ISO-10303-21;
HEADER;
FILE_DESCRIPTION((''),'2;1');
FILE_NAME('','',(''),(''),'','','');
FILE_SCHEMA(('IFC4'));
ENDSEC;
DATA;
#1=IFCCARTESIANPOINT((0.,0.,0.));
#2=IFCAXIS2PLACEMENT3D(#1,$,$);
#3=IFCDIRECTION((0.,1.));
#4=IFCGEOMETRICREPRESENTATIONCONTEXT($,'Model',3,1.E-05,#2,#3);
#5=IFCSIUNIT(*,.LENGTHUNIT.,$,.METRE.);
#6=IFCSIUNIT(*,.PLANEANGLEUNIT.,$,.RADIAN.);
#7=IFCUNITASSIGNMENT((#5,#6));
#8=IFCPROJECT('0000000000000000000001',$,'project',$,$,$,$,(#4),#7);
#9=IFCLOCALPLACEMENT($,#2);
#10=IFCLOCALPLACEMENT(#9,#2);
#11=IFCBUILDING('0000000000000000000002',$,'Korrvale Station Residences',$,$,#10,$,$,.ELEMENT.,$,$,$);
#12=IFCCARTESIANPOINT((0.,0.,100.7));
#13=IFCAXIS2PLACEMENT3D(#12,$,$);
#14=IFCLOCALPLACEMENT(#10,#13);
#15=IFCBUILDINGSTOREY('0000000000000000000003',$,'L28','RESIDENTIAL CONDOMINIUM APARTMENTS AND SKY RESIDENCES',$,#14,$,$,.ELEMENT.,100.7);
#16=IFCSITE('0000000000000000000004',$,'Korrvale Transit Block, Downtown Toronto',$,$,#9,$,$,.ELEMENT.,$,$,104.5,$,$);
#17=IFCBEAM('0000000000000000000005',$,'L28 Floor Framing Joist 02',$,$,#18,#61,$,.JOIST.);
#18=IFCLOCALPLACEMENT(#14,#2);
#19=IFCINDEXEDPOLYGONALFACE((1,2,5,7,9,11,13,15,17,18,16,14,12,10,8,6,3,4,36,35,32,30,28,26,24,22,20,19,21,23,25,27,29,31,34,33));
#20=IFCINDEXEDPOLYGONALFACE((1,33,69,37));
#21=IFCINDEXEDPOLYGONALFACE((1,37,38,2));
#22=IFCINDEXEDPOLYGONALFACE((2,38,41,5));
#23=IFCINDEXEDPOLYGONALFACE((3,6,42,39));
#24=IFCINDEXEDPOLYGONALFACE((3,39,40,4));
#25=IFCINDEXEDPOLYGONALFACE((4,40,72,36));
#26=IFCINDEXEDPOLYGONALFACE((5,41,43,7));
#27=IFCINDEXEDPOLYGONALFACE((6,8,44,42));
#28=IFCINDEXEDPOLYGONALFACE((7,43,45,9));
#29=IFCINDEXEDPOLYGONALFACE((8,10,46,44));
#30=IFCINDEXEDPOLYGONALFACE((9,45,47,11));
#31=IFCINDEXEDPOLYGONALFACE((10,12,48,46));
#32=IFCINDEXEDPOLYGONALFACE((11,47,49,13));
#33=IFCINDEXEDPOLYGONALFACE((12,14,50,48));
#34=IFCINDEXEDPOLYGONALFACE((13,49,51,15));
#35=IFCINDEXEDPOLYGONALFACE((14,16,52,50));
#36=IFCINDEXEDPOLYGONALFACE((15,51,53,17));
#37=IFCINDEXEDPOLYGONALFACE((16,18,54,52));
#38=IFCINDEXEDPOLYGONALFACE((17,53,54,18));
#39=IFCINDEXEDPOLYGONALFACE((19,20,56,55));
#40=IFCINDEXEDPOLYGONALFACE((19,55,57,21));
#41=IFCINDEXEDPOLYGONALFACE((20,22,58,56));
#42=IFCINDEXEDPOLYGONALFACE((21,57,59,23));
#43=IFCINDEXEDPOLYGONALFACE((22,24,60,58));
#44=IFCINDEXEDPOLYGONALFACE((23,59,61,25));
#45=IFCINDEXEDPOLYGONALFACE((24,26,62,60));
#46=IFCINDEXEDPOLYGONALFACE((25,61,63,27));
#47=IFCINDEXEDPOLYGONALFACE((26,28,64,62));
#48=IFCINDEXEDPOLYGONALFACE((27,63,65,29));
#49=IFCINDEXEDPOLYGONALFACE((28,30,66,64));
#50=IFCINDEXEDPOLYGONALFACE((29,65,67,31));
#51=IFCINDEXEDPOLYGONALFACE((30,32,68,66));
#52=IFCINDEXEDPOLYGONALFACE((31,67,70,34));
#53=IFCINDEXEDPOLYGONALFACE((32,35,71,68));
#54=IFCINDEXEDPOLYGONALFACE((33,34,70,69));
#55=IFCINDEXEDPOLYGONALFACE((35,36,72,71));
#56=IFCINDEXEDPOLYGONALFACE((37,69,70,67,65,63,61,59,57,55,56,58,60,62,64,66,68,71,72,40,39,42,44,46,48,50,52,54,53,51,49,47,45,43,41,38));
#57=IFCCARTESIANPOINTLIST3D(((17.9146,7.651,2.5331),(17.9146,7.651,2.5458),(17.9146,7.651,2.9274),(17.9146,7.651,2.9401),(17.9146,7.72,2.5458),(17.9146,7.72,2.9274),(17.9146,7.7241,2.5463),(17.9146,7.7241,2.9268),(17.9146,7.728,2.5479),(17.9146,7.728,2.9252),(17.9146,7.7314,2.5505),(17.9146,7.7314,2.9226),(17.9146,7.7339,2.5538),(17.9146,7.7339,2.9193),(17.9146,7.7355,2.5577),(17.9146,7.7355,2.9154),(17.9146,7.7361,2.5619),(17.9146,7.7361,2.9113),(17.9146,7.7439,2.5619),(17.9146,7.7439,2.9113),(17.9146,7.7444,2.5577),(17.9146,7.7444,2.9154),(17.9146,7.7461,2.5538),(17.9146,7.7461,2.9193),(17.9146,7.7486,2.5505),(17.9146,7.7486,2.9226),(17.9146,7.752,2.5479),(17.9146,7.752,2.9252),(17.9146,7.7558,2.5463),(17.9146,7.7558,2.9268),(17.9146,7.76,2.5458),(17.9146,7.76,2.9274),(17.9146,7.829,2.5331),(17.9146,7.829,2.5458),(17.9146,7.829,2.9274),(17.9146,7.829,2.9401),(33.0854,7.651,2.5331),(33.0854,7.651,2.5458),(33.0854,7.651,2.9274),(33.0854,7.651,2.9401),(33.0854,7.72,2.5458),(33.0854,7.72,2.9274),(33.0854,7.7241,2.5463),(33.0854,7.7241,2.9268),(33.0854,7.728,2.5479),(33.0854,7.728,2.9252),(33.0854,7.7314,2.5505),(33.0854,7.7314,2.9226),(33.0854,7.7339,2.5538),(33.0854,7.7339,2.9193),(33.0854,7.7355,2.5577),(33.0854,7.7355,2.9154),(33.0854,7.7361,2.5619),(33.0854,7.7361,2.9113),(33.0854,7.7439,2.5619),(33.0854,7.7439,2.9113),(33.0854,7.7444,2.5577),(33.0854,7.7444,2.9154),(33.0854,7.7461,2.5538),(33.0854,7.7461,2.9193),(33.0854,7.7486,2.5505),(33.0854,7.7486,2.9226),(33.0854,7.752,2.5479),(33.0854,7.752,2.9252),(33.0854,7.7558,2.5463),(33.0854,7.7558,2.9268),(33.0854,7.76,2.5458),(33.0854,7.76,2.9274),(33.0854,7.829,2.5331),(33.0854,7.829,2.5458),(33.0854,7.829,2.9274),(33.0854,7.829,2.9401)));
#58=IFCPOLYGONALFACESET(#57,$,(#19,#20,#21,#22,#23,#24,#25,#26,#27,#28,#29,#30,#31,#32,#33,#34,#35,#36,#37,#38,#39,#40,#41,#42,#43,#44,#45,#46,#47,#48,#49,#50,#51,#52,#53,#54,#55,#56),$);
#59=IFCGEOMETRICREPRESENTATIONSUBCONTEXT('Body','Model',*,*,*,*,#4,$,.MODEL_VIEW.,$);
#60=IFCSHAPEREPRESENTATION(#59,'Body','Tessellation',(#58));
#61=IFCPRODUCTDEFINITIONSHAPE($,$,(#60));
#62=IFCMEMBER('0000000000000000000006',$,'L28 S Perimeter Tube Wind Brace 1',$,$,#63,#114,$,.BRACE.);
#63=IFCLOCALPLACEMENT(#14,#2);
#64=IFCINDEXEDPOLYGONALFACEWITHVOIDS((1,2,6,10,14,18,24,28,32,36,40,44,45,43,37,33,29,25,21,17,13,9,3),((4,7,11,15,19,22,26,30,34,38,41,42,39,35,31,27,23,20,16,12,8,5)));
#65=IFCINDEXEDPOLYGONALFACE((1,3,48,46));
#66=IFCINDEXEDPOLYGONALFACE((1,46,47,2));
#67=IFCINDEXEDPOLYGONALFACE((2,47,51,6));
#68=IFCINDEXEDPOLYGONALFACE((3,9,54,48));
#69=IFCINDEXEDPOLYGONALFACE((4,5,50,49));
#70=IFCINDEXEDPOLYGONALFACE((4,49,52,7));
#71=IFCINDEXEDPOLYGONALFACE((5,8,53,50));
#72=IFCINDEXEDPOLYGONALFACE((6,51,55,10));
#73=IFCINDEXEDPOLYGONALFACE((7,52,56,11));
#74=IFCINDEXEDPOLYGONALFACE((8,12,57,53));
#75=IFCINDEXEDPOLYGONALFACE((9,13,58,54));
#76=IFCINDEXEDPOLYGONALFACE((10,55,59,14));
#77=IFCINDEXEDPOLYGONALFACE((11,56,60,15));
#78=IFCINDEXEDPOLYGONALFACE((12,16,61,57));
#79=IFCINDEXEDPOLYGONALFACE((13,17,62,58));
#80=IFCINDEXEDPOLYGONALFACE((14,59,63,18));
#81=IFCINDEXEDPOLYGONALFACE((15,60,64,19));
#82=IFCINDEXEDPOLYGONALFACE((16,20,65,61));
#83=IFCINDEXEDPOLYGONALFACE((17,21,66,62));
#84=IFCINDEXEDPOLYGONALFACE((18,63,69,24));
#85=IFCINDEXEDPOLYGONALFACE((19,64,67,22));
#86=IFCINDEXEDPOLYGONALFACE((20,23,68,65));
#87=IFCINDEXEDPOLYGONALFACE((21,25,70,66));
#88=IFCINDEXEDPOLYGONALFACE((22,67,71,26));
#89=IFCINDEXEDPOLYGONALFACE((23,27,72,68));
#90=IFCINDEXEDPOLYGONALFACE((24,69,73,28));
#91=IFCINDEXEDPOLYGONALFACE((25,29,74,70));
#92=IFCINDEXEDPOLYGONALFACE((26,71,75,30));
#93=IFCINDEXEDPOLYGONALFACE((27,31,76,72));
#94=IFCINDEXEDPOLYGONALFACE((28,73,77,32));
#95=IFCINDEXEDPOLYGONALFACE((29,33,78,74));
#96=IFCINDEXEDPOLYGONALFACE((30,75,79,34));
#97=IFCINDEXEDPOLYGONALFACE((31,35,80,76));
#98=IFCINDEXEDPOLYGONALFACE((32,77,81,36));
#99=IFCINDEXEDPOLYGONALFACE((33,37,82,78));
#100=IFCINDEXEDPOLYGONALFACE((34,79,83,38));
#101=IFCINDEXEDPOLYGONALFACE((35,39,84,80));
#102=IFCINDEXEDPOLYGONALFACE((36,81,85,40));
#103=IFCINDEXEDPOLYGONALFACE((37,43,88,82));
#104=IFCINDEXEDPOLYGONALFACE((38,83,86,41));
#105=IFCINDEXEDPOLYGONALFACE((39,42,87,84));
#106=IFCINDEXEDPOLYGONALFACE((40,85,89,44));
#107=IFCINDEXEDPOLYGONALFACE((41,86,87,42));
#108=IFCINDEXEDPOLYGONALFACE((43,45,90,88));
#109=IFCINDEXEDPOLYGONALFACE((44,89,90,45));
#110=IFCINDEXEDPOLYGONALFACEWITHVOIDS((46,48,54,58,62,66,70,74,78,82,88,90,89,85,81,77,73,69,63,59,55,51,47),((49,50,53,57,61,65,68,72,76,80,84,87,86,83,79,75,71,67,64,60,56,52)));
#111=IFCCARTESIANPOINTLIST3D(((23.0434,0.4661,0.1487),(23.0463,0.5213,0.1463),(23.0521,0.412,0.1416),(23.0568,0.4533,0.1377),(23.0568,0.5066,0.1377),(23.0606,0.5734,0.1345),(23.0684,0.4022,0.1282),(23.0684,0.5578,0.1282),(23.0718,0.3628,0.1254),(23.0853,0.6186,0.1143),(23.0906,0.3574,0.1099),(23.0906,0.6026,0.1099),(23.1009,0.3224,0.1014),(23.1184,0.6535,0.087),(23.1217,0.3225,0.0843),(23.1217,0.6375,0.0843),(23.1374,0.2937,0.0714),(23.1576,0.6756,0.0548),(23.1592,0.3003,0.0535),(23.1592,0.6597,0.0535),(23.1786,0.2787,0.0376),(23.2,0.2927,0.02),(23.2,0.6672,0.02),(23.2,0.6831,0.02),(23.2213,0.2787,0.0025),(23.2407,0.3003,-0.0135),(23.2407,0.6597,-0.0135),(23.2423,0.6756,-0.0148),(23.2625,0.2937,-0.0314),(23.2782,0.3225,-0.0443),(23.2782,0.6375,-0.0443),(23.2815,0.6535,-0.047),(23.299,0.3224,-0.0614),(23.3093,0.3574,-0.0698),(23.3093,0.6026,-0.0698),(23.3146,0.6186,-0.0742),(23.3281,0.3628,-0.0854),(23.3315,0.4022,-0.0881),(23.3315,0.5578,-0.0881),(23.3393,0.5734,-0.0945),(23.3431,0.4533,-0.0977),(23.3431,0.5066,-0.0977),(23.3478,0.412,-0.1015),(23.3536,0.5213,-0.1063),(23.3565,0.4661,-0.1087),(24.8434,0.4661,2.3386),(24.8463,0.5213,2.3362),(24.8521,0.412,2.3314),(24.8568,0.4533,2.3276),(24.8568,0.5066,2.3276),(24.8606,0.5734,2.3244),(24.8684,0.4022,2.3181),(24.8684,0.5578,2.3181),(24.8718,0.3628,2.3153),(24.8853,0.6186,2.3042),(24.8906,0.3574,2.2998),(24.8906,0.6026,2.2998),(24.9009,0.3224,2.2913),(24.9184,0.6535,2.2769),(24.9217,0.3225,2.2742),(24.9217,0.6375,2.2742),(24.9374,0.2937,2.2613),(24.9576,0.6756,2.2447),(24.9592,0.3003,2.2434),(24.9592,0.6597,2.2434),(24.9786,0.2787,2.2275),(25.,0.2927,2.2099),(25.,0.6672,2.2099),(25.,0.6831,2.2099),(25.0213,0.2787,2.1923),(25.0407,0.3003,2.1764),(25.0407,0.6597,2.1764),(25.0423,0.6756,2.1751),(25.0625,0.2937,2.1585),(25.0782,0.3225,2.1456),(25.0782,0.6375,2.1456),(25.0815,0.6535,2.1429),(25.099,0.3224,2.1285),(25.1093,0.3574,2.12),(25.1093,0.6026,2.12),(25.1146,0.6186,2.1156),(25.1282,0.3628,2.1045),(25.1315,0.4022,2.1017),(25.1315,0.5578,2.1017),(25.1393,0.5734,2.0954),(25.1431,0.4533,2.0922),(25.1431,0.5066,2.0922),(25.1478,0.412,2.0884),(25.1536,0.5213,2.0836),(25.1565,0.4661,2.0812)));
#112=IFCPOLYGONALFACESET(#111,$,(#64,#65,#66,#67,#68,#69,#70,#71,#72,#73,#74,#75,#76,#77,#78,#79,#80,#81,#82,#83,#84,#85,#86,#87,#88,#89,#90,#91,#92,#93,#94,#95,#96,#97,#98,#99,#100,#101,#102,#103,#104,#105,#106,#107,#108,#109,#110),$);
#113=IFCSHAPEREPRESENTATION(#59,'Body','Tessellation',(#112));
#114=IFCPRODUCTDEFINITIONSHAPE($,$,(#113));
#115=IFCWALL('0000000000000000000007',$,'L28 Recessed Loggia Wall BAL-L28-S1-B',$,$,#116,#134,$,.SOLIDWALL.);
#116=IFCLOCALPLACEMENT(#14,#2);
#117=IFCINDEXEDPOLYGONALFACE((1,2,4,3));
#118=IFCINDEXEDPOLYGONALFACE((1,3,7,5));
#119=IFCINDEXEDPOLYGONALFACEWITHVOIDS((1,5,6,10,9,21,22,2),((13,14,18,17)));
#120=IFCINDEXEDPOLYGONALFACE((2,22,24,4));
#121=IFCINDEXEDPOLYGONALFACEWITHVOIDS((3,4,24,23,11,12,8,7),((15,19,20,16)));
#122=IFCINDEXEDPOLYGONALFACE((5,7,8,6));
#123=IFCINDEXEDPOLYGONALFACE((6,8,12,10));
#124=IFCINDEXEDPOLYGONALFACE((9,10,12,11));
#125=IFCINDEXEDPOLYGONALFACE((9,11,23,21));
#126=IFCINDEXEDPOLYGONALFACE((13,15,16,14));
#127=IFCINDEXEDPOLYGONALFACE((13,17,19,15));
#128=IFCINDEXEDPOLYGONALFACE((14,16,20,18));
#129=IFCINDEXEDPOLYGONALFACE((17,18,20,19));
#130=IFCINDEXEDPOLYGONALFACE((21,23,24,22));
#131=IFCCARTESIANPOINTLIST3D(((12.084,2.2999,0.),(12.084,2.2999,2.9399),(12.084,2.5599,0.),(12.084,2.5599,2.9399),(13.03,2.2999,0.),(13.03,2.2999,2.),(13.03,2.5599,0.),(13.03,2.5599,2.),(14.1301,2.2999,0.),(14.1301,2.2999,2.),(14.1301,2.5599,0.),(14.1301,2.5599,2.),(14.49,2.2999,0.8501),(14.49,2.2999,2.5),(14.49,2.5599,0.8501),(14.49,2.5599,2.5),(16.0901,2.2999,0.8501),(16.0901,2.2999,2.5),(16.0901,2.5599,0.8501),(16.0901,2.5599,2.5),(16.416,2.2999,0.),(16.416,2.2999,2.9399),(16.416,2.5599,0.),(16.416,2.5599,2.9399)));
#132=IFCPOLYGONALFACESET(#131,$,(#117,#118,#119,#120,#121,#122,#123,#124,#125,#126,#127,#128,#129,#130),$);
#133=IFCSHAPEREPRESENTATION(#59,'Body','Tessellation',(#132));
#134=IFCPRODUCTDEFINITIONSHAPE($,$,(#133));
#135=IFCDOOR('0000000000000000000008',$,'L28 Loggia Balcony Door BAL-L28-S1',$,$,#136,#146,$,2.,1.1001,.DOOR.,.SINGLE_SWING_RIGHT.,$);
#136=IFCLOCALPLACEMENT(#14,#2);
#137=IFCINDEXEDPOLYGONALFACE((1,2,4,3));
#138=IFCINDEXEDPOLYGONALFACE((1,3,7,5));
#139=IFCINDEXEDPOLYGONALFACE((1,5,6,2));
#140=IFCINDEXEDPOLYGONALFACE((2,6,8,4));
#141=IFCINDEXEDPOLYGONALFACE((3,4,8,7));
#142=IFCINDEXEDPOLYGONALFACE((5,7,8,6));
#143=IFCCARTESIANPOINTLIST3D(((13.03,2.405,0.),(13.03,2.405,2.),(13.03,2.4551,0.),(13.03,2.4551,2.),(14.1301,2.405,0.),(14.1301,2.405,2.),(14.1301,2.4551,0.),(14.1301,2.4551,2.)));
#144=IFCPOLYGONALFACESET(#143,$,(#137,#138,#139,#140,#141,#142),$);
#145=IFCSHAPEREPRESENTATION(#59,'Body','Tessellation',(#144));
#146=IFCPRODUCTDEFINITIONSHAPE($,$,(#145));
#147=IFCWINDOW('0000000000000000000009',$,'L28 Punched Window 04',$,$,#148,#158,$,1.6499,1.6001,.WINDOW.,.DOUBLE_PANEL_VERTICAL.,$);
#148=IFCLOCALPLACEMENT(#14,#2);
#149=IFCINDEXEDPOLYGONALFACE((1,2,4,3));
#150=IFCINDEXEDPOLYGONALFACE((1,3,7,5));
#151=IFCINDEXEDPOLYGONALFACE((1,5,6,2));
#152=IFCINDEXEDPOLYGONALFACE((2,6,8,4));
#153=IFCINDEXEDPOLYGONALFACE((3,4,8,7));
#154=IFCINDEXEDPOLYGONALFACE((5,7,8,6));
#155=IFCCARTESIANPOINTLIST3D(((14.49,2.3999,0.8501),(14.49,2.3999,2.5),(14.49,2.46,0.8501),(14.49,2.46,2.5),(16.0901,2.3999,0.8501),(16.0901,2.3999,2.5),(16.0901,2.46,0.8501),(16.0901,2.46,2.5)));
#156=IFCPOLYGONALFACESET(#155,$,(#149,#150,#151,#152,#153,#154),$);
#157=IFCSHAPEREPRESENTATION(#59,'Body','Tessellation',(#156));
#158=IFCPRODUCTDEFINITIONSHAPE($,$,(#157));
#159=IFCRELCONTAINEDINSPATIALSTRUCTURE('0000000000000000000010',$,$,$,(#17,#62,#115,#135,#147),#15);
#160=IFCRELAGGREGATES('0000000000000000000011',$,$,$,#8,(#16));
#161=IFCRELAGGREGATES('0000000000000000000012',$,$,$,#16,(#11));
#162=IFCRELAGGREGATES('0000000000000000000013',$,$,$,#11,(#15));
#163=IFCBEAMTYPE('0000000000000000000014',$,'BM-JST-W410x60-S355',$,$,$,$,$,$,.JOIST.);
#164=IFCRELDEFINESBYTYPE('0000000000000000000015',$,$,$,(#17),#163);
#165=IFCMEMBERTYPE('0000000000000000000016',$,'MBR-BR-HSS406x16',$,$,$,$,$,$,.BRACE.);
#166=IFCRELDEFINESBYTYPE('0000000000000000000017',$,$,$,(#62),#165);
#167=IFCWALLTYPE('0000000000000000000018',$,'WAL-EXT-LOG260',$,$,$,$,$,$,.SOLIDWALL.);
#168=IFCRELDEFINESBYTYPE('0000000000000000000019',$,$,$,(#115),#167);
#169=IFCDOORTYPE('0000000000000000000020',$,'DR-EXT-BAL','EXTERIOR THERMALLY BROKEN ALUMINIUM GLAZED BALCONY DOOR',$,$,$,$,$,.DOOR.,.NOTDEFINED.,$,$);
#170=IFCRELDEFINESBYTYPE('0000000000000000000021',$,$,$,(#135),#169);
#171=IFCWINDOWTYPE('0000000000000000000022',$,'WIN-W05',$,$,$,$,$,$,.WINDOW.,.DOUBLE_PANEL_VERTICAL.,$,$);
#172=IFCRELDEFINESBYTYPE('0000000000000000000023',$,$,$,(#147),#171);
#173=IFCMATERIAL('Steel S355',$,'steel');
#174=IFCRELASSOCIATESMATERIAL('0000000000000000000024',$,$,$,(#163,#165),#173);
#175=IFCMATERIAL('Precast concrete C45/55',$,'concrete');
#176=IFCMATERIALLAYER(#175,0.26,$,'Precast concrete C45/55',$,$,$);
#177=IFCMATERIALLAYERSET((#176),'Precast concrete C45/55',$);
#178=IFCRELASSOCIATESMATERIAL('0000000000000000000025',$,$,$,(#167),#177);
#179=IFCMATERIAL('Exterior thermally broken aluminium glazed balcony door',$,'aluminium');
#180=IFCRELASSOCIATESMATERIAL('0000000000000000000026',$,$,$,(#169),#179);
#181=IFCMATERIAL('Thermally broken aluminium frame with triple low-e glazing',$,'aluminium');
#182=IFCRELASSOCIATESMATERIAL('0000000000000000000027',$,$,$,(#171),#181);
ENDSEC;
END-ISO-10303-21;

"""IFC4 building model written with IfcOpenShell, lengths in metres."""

from ifc_helpers import new_model, si_unit, direction, frame, frame_2d, origin, origin_2d, place, context, subcontext, project, spatial, rectangle, hollow_circle, i_section, extrude, material, layer, layer_set, material_profile, profile_set, type_object, element, fill, save


model = new_model("IFC4")

# Units and contexts
model_context = context("Model", 3, precision=1e-05, world=origin(), true_north=direction((0.0, 1.0)))
body_context = subcontext(model_context, "Body", "Model", "MODEL_VIEW")
ifc_project = project(units=[si_unit("LENGTHUNIT", "METRE"), si_unit("PLANEANGLEUNIT", "RADIAN")], contexts=[model_context])

# Site, building, storey
site_placement = place(None, origin())
site = spatial("IfcSite", under=ifc_project, at=site_placement, Name="Korrvale Transit Block, Downtown Toronto", CompositionType="ELEMENT", RefElevation=104.5)
building_placement = place(site_placement, origin())
building = spatial("IfcBuilding", under=site, at=building_placement, Name="Korrvale Station Residences", CompositionType="ELEMENT")
storey_placement = place(building_placement, frame((0.0, 0.0, 100.7)))
storey = spatial("IfcBuildingStorey", under=building, at=storey_placement, Name="L28", Description="RESIDENTIAL CONDOMINIUM APARTMENTS AND SKY RESIDENCES", CompositionType="ELEMENT", Elevation=100.7)

# Beam
ifc_material_1 = material(Name="Steel S355", Category="steel")
ifc_material_profile_1 = material_profile(ifc_material_1, i_section(OverallWidth=0.178, OverallDepth=0.407, WebThickness=0.0078, FlangeThickness=0.0127, FilletRadius=0.0161, at=origin_2d()), Name="W410x60")
ifc_profile_set_1 = profile_set([ifc_material_profile_1], Name="Steel S355")
beam_type = type_object("IfcBeamType", Name="BM-JST-W410x60-S355", PredefinedType="JOIST", material=ifc_profile_set_1)
beam_placement = place(storey_placement, frame((17.9146, 7.74, 2.7366), z_axis=(1.0, 0.0, 0.0), x_axis=(0.0, 1.0, 0.0)))
element("IfcBeam", 1, at=beam_placement, inside=storey, type_object=beam_type, Name="L28 Floor Framing Joist 02", PredefinedType="JOIST", context=body_context, shape_type="SweptSolid", body=[
    extrude(i_section(OverallWidth=0.178, OverallDepth=0.407, WebThickness=0.0078, FlangeThickness=0.0127, FilletRadius=0.0161, at=origin_2d()), origin(), (0.0, 0.0, 1.0), 15.1709),
])

# Member
ifc_material_profile_2 = material_profile(ifc_material_1, hollow_circle(Radius=0.2031, WallThickness=0.0159, at=origin_2d()), Name="HSS406x16")
ifc_profile_set_2 = profile_set([ifc_material_profile_2], Name="Steel S355")
member_type = type_object("IfcMemberType", Name="MBR-BR-HSS406x16", PredefinedType="BRACE", material=ifc_profile_set_2)
member_placement = place(storey_placement, frame((23.2, 0.48, 0.02), z_axis=(0.634985, 0.0, 0.772524), x_axis=(0.0, 1.0, 0.0)))
element("IfcMember", 2, at=member_placement, inside=storey, type_object=member_type, Name="L28 S Perimeter Tube Wind Brace 1", PredefinedType="BRACE", context=body_context, shape_type="SweptSolid", body=[
    extrude(hollow_circle(Radius=0.2031, WallThickness=0.0159, at=origin_2d()), origin(), (0.0, 0.0, 1.0), 2.8347),
])

# Wall, openings, door, window
ifc_material_2 = material(Name="Precast concrete C45/55", Category="concrete")
ifc_layer_1 = layer(ifc_material_2, 0.26, Name="Precast concrete C45/55")
ifc_layer_set_1 = layer_set([ifc_layer_1], Name="Precast concrete C45/55")
wall_type_1 = type_object("IfcWallType", Name="WAL-EXT-LOG260", PredefinedType="SOLIDWALL", material=ifc_layer_set_1)
wall_1_placement = place(storey_placement, frame((16.416, 2.4299, 0.0), z_axis=(0.0, 0.0, 1.0), x_axis=(-1.0, 0.0, 0.0)))
wall_1 = element("IfcWall", 3, at=wall_1_placement, inside=storey, type_object=wall_type_1, Name="L28 Recessed Loggia Wall BAL-L28-S1-B", PredefinedType="SOLIDWALL", context=body_context, shape_type="SweptSolid", body=[
    extrude(rectangle(XDim=4.332, YDim=0.26, at=frame_2d((2.166, 0.0))), origin(), (0.0, 0.0, 1.0), 2.9399),
])
opening_1_placement = place(wall_1_placement, frame((2.2859, 0.0, 0.0)))
opening_1 = element("IfcOpeningElement", 4, at=opening_1_placement, cuts=wall_1, PredefinedType="OPENING", context=body_context, shape_type="SweptSolid", body=[
    extrude(rectangle(XDim=1.1001, YDim=2.0, at=frame_2d((0.55, 1.0))), frame((0.0, 0.1401, 0.0), z_axis=(0.0, -1.0, 0.0), x_axis=(1.0, 0.0, 0.0)), (0.0, 0.0, 1.0), 0.28),
])
opening_2_placement = place(wall_1_placement, frame((0.3259, 0.0, 0.8501)))
opening_2 = element("IfcOpeningElement", 5, at=opening_2_placement, cuts=wall_1, PredefinedType="OPENING", context=body_context, shape_type="SweptSolid", body=[
    extrude(rectangle(XDim=1.6001, YDim=1.6499, at=frame_2d((0.8, 0.825))), frame((0.0, 0.1401, 0.0), z_axis=(0.0, -1.0, 0.0), x_axis=(1.0, 0.0, 0.0)), (0.0, 0.0, 1.0), 0.28),
])
ifc_material_3 = material(Name="Exterior thermally broken aluminium glazed balcony door", Category="aluminium")
door_type_1 = type_object("IfcDoorType", Name="DR-EXT-BAL", Description="EXTERIOR THERMALLY BROKEN ALUMINIUM GLAZED BALCONY DOOR", OperationType="NOTDEFINED", PredefinedType="DOOR", material=ifc_material_3)
door_1_placement = place(opening_1_placement, origin())
door_1 = element("IfcDoor", 6, at=door_1_placement, inside=storey, type_object=door_type_1, Name="L28 Loggia Balcony Door BAL-L28-S1", OperationType="SINGLE_SWING_RIGHT", OverallHeight=2.0, OverallWidth=1.1001, PredefinedType="DOOR", context=body_context, shape_type="SweptSolid", body=[
    extrude(rectangle(XDim=1.1001, YDim=2.0, at=frame_2d((0.55, 1.0))), frame((0.0, 0.0249, 0.0), z_axis=(0.0, -1.0, 0.0), x_axis=(1.0, 0.0, 0.0)), (0.0, 0.0, 1.0), 0.05),
])
fill(opening_1, door_1)
ifc_material_4 = material(Name="Thermally broken aluminium frame with triple low-e glazing", Category="aluminium")
window_type = type_object("IfcWindowType", Name="WIN-W05", PartitioningType="DOUBLE_PANEL_VERTICAL", PredefinedType="WINDOW", material=ifc_material_4)
window_placement = place(opening_2_placement, origin())
window = element("IfcWindow", 7, at=window_placement, inside=storey, type_object=window_type, Name="L28 Punched Window 04", OverallHeight=1.6499, OverallWidth=1.6001, PartitioningType="DOUBLE_PANEL_VERTICAL", PredefinedType="WINDOW", context=body_context, shape_type="SweptSolid", body=[
    extrude(rectangle(XDim=1.6001, YDim=1.6499, at=frame_2d((0.8, 0.825))), frame((0.0, 0.03, 0.0), z_axis=(0.0, -1.0, 0.0), x_axis=(1.0, 0.0, 0.0)), (0.0, 0.0, 1.0), 0.0601),
])
fill(opening_2, window)

save(model, "model.ifc")
